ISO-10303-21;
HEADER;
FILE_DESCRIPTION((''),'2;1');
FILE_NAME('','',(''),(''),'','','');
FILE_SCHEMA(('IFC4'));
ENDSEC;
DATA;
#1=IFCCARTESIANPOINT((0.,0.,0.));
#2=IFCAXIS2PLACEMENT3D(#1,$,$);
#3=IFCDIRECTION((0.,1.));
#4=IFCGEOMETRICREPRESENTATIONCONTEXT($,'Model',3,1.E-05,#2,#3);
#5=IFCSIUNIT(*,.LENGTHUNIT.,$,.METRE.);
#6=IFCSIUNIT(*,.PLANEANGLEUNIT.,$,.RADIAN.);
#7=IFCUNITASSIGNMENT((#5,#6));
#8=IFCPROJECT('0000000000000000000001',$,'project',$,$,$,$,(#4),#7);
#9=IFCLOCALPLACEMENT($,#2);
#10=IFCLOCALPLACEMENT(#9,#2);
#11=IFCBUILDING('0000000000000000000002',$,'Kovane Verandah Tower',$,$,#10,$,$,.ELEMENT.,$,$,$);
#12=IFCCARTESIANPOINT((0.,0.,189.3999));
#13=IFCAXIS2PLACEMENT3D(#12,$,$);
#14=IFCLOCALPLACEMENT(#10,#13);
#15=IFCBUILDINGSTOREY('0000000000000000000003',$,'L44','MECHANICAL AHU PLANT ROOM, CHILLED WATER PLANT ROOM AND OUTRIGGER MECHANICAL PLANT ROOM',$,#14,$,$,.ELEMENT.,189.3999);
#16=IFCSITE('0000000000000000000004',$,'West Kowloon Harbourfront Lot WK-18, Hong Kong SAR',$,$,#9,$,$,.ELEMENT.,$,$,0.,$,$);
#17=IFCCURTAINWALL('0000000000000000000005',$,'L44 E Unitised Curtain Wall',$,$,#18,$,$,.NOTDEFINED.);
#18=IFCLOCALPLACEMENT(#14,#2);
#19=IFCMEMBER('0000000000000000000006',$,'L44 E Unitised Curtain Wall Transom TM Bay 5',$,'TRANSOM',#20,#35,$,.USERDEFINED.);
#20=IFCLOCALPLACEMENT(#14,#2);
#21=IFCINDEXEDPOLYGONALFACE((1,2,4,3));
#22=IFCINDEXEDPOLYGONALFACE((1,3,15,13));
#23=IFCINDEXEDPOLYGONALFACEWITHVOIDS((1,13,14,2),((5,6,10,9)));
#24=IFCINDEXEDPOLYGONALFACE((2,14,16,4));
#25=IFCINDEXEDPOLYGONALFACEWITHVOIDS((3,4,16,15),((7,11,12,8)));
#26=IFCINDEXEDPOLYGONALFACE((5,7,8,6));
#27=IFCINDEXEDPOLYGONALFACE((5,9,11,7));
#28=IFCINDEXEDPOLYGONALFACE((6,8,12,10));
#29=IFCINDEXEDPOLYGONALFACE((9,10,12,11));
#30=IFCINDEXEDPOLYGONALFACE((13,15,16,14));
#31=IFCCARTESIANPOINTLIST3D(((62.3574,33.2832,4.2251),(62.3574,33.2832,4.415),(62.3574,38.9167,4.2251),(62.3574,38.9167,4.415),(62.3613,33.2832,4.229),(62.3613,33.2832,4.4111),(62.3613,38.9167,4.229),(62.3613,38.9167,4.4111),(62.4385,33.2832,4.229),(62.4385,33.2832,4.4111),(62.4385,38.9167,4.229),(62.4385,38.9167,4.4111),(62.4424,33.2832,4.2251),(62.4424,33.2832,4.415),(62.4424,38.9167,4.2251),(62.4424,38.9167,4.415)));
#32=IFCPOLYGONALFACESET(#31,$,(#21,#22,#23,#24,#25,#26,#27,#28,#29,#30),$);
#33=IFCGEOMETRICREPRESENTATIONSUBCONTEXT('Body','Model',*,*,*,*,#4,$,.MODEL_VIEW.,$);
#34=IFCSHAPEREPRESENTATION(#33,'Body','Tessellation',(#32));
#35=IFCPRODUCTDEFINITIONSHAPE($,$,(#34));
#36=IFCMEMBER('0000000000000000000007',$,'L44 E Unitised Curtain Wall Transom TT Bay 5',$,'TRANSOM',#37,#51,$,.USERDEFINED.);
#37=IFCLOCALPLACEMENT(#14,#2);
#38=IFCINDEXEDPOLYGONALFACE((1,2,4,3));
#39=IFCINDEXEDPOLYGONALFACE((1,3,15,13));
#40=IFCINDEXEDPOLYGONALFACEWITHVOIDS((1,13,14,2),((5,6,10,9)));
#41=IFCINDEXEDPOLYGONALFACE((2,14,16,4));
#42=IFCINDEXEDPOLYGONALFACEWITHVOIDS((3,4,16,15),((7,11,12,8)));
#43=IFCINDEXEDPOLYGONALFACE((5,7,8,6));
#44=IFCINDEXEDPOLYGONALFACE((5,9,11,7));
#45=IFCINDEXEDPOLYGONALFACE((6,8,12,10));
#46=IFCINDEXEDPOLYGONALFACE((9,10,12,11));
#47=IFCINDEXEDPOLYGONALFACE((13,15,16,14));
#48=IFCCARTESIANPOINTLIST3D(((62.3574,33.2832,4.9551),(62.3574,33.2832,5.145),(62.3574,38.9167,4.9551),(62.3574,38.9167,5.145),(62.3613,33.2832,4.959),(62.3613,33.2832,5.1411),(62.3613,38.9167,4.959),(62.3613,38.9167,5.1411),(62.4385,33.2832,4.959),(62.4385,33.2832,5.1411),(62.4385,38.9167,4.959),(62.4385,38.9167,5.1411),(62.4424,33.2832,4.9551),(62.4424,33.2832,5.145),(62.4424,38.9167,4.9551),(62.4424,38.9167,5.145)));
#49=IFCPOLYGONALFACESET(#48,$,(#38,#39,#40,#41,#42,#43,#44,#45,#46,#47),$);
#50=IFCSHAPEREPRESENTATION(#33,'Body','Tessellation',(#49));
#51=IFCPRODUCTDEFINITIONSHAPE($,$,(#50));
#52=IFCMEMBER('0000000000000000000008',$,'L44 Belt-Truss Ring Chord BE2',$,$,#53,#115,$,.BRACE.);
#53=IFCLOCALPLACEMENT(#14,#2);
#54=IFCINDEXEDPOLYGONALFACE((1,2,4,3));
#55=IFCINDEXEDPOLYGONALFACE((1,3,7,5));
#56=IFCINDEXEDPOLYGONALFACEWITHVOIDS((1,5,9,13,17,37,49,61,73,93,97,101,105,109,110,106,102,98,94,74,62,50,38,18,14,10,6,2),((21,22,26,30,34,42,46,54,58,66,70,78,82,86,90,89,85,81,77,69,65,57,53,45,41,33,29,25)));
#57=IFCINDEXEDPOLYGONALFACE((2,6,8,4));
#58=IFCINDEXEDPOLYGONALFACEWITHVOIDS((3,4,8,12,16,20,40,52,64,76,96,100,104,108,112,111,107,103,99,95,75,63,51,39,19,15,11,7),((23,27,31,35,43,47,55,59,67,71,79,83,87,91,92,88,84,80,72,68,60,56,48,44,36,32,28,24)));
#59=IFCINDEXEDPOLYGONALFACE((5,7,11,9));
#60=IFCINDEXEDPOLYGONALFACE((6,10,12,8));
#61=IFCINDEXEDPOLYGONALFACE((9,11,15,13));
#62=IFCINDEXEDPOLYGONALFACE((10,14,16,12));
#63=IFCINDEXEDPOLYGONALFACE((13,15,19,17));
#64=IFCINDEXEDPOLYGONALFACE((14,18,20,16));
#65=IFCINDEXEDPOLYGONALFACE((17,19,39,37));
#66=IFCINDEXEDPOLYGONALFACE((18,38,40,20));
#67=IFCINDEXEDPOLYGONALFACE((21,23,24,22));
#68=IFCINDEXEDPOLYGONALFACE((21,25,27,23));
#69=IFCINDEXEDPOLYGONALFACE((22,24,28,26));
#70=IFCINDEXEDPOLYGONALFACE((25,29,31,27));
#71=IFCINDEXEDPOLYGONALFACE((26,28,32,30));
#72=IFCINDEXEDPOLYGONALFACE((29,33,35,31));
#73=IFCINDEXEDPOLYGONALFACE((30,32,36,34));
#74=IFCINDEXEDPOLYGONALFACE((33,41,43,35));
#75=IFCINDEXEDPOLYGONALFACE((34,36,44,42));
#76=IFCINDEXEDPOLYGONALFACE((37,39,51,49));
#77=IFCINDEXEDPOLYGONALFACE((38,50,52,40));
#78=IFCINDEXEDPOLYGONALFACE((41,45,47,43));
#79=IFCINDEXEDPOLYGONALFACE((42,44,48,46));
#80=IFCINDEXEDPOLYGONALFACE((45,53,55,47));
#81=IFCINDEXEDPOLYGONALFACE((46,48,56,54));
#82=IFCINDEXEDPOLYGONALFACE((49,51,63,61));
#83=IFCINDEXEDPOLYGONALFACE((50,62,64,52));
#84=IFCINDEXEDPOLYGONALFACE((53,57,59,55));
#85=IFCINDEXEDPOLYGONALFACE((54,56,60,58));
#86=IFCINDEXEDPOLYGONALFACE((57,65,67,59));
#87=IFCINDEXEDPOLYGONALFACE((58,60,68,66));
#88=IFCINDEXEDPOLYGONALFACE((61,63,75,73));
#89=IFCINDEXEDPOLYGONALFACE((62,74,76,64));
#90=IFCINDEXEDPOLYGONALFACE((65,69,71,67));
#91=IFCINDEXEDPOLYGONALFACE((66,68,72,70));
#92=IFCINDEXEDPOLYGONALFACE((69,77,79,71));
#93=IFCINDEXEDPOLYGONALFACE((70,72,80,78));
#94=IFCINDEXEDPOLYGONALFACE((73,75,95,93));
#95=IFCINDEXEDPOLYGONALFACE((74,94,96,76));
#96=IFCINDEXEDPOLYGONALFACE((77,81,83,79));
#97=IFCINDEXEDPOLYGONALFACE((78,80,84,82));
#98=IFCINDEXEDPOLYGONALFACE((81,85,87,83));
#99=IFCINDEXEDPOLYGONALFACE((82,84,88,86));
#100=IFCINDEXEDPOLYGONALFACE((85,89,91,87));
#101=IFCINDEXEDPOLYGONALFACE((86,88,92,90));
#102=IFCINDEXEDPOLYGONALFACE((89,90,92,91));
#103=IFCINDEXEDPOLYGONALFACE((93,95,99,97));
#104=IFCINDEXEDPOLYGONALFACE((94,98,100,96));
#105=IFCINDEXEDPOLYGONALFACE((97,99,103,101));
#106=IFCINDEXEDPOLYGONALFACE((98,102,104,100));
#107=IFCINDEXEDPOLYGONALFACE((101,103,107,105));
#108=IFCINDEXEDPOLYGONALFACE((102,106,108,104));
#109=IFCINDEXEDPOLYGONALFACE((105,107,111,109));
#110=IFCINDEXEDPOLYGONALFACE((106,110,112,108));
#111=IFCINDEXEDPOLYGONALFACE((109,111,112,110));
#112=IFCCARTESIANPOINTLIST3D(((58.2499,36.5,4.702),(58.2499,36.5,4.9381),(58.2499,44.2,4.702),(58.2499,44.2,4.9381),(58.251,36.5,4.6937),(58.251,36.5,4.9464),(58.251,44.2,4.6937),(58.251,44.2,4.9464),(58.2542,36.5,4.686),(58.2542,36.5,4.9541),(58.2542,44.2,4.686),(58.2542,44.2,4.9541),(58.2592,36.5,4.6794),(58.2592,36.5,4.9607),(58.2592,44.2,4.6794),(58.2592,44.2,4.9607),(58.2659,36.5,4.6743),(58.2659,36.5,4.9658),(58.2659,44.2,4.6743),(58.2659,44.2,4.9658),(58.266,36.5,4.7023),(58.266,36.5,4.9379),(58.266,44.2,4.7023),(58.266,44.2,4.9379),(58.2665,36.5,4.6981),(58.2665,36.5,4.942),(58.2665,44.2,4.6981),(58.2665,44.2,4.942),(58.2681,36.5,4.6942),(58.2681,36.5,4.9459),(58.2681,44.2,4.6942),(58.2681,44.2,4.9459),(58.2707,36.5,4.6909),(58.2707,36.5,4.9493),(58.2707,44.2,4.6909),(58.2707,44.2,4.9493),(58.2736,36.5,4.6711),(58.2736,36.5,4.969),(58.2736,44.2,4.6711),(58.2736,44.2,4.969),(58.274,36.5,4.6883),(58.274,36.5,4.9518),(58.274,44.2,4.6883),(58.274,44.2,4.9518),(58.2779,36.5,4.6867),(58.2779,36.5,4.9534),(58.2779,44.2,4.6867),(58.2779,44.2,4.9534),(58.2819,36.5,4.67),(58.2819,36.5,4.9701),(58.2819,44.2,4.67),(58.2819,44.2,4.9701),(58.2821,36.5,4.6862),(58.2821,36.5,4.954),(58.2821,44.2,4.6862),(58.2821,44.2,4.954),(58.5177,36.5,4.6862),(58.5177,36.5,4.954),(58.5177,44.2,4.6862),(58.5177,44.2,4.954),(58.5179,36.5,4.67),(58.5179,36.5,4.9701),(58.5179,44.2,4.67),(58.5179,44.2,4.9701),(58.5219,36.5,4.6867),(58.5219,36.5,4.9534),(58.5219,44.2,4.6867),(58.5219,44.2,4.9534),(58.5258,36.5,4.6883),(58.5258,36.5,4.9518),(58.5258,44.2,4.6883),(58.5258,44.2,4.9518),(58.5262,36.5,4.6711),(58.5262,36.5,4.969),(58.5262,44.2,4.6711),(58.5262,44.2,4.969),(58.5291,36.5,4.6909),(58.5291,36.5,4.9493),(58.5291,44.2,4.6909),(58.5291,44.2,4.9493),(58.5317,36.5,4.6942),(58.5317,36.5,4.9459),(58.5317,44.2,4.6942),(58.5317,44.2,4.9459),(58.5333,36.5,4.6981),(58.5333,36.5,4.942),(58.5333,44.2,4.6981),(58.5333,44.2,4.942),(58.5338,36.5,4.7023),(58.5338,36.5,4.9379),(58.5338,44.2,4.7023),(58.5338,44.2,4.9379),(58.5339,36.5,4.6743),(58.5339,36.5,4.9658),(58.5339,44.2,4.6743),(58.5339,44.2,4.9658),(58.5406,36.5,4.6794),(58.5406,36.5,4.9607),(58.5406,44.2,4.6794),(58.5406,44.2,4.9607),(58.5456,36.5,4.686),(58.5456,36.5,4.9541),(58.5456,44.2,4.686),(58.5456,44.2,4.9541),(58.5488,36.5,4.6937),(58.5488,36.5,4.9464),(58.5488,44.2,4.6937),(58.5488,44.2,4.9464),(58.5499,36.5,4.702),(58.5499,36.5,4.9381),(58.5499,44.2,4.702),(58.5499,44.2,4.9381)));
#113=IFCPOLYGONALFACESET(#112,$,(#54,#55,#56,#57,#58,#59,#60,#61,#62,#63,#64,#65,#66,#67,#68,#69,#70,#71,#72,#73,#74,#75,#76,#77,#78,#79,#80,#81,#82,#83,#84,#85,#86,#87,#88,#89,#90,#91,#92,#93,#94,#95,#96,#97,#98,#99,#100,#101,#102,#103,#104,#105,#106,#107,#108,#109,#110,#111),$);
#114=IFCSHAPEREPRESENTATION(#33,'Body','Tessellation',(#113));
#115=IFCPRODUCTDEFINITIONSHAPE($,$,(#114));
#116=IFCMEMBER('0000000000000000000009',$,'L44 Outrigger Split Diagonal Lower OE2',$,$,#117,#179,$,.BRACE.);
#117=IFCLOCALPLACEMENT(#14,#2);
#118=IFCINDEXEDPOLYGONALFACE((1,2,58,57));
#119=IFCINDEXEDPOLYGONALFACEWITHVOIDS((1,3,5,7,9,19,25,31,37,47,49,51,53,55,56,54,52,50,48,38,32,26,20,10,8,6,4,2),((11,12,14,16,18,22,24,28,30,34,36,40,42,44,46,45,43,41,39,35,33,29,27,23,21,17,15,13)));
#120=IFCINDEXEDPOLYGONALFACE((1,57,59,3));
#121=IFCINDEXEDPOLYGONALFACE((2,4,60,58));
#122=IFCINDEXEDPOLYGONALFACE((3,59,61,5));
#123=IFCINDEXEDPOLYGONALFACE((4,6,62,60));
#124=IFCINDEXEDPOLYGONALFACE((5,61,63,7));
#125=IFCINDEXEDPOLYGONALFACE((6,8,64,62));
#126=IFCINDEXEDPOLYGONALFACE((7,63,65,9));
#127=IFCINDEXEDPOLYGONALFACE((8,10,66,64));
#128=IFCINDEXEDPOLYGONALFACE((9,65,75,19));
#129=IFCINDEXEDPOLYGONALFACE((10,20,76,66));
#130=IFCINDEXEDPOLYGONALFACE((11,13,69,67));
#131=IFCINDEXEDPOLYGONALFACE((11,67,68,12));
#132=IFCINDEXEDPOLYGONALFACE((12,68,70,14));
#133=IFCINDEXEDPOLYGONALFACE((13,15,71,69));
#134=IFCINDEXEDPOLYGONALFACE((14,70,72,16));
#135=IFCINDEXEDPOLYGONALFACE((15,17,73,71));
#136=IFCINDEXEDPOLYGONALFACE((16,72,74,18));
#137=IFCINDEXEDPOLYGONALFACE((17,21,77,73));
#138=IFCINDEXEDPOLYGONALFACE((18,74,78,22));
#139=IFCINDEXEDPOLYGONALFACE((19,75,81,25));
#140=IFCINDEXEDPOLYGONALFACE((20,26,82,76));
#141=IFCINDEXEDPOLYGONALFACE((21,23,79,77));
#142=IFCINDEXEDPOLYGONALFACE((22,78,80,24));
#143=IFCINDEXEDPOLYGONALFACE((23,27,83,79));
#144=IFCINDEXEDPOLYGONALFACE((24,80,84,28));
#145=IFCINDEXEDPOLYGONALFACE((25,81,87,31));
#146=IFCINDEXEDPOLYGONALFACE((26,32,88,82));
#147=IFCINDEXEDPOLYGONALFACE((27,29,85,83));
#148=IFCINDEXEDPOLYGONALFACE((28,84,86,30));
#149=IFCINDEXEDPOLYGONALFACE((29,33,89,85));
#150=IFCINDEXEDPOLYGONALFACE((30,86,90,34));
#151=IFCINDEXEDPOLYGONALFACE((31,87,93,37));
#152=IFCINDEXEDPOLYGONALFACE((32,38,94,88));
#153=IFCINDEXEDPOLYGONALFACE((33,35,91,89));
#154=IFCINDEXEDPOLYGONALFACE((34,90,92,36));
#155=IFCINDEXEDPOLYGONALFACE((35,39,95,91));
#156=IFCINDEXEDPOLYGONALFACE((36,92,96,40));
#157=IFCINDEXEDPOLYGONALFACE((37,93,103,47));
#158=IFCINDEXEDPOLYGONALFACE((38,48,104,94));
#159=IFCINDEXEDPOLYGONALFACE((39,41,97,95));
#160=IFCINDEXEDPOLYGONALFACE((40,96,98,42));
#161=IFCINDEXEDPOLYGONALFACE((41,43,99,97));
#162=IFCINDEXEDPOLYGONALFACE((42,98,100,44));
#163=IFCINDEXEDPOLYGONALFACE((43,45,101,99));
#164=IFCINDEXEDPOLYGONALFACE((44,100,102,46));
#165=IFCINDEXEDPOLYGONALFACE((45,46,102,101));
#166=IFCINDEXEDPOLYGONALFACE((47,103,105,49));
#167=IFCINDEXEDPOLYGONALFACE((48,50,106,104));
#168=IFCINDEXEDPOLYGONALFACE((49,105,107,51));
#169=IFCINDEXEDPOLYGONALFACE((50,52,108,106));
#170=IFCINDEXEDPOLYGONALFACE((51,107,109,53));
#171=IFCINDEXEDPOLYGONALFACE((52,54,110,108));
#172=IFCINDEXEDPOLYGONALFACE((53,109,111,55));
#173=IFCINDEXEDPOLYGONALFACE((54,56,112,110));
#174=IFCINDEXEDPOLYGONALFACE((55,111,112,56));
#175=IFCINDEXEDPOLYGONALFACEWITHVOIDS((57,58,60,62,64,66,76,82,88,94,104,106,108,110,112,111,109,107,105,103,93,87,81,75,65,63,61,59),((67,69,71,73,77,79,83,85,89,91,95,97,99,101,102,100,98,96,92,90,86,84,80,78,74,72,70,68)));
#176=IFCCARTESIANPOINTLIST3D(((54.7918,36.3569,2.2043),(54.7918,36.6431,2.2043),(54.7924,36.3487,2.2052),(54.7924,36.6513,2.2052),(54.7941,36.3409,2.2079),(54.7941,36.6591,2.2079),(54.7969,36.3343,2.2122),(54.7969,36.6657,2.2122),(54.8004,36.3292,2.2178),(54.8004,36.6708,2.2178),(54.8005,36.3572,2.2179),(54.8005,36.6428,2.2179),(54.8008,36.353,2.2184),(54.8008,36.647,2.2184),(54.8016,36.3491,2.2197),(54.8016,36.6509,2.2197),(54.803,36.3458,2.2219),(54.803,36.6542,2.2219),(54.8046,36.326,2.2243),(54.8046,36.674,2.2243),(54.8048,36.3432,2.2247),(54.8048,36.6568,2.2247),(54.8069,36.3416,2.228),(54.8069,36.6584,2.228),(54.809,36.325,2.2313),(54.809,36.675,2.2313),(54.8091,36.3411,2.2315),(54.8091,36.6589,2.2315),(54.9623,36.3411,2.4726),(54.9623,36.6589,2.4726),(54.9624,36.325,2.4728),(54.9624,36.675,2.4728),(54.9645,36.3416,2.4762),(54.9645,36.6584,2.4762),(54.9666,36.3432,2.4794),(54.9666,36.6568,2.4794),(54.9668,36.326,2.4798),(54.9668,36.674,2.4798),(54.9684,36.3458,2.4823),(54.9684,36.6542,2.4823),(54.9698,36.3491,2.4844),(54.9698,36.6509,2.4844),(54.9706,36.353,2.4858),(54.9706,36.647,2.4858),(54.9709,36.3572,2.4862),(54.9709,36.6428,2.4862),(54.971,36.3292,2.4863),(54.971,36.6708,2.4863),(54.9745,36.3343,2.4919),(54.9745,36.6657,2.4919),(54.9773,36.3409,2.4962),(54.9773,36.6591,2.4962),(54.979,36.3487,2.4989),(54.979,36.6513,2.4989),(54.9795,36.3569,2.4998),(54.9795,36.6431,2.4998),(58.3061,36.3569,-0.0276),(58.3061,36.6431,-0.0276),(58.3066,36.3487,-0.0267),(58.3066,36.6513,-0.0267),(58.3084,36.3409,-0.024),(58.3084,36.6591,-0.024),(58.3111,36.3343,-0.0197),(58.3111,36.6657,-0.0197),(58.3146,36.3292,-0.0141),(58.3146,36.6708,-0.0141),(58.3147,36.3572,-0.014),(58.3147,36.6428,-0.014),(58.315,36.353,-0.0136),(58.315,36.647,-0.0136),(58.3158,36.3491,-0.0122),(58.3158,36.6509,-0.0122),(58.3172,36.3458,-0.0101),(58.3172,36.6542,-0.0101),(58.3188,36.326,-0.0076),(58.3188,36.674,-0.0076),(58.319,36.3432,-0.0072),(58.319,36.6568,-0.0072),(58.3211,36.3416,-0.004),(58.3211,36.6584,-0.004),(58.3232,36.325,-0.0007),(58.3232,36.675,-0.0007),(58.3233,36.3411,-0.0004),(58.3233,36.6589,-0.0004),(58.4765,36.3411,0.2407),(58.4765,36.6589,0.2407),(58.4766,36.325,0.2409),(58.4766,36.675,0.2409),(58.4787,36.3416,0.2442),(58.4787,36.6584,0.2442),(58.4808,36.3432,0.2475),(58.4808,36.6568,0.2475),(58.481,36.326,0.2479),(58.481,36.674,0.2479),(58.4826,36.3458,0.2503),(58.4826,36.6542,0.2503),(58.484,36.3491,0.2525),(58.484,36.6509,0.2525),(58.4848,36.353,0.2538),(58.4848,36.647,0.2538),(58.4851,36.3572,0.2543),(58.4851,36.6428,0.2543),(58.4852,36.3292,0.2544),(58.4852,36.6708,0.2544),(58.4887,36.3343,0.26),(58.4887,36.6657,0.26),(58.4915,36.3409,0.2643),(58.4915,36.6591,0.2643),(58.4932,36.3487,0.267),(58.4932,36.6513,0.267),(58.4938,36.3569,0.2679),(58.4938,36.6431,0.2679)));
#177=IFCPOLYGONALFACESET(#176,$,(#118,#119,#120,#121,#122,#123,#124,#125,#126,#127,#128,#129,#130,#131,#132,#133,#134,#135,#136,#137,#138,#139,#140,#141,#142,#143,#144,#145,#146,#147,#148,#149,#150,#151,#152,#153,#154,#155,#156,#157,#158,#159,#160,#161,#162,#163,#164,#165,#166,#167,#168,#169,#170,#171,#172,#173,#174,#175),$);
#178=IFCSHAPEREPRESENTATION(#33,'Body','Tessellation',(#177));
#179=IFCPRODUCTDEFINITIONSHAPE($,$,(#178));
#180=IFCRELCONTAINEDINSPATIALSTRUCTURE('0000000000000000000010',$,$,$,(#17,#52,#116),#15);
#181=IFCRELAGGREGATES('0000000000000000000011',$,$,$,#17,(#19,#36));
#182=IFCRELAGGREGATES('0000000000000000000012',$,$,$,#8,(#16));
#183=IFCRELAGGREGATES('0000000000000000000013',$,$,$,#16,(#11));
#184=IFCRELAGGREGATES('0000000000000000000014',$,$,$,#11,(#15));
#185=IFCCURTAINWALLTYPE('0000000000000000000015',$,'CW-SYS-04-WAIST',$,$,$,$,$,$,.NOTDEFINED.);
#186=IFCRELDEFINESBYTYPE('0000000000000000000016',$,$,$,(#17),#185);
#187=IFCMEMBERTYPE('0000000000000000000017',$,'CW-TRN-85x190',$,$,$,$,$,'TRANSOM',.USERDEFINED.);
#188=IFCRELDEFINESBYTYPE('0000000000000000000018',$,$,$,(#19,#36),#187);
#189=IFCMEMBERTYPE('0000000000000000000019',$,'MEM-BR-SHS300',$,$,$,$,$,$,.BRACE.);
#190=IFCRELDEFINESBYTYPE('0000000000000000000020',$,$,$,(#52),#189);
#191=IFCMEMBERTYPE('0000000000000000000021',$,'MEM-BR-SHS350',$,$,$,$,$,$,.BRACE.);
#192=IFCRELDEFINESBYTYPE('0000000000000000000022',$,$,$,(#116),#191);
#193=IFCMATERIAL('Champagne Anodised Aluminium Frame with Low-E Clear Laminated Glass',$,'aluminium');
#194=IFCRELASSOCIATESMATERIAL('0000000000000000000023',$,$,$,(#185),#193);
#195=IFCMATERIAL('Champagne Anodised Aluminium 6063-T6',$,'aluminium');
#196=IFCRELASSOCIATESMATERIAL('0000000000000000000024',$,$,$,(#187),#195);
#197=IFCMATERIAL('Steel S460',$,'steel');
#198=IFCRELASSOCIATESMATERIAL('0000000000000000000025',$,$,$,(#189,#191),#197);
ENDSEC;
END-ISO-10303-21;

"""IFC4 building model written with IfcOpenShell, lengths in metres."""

from ifc_helpers import new_model, si_unit, direction, frame, origin, origin_2d, place, context, subcontext, project, spatial, hollow_rectangle, extrude, material, material_profile, profile_set, type_object, element, aggregate, save


model = new_model("IFC4")

# Units and contexts
model_context = context("Model", 3, precision=1e-05, world=origin(), true_north=direction((0.0, 1.0)))
body_context = subcontext(model_context, "Body", "Model", "MODEL_VIEW")
ifc_project = project(units=[si_unit("LENGTHUNIT", "METRE"), si_unit("PLANEANGLEUNIT", "RADIAN")], contexts=[model_context])

# Site, building, storey
site_placement = place(None, origin())
site = spatial("IfcSite", under=ifc_project, at=site_placement, Name="West Kowloon Harbourfront Lot WK-18, Hong Kong SAR", CompositionType="ELEMENT", RefElevation=0.0)
building_placement = place(site_placement, origin())
building = spatial("IfcBuilding", under=site, at=building_placement, Name="Kovane Verandah Tower", CompositionType="ELEMENT")
storey_placement = place(building_placement, frame((0.0, 0.0, 189.3999)))
storey = spatial("IfcBuildingStorey", under=building, at=storey_placement, Name="L44", Description="MECHANICAL AHU PLANT ROOM, CHILLED WATER PLANT ROOM AND OUTRIGGER MECHANICAL PLANT ROOM", CompositionType="ELEMENT", Elevation=189.3999)

# Shared definitions
ifc_material_1 = material(Name="Steel S460", Category="steel")

# Curtain wall, members
ifc_material_2 = material(Name="Champagne Anodised Aluminium Frame with Low-E Clear Laminated Glass", Category="aluminium")
curtain_wall_type = type_object("IfcCurtainWallType", Name="CW-SYS-04-WAIST", PredefinedType="NOTDEFINED", material=ifc_material_2)
curtain_wall_placement = place(storey_placement, origin())
curtain_wall = element("IfcCurtainWall", 1, at=curtain_wall_placement, inside=storey, type_object=curtain_wall_type, Name="L44 E Unitised Curtain Wall", PredefinedType="NOTDEFINED")
ifc_material_3 = material(Name="Champagne Anodised Aluminium 6063-T6", Category="aluminium")
ifc_material_profile_1 = material_profile(ifc_material_3, hollow_rectangle(XDim=0.085, YDim=0.1899, WallThickness=0.0039, at=origin_2d()), Name="AL85x190x4")
ifc_profile_set_1 = profile_set([ifc_material_profile_1], Name="Champagne Anodised Aluminium 6063-T6")
member_type_1 = type_object("IfcMemberType", Name="CW-TRN-85x190", ElementType="TRANSOM", PredefinedType="USERDEFINED", material=ifc_profile_set_1)
member_1_placement = place(storey_placement, frame((62.3999, 33.2832, 4.3201), z_axis=(0.0, 1.0, 0.0), x_axis=(-1.0, 0.0, 0.0)))
member_1 = element("IfcMember", 2, at=member_1_placement, type_object=member_type_1, Name="L44 E Unitised Curtain Wall Transom TM Bay 5", ObjectType="TRANSOM", PredefinedType="USERDEFINED", context=body_context, shape_type="SweptSolid", body=[
    extrude(hollow_rectangle(XDim=0.085, YDim=0.1899, WallThickness=0.0039, at=origin_2d()), origin(), (0.0, 0.0, 1.0), 5.6335),
])
member_2_placement = place(storey_placement, frame((62.3999, 33.2832, 5.05), z_axis=(0.0, 1.0, 0.0), x_axis=(-1.0, 0.0, 0.0)))
member_2 = element("IfcMember", 3, at=member_2_placement, type_object=member_type_1, Name="L44 E Unitised Curtain Wall Transom TT Bay 5", ObjectType="TRANSOM", PredefinedType="USERDEFINED", context=body_context, shape_type="SweptSolid", body=[
    extrude(hollow_rectangle(XDim=0.085, YDim=0.1899, WallThickness=0.0039, at=origin_2d()), origin(), (0.0, 0.0, 1.0), 5.6335),
])

# Members
ifc_material_profile_2 = material_profile(ifc_material_1, hollow_rectangle(XDim=0.3, YDim=0.3, WallThickness=0.0161, InnerFilletRadius=0.0161, OuterFilletRadius=0.032, at=origin_2d()), Name="SHS300x300x16")
ifc_profile_set_2 = profile_set([ifc_material_profile_2], Name="Steel S460")
member_type_2 = type_object("IfcMemberType", Name="MEM-BR-SHS300", PredefinedType="BRACE", material=ifc_profile_set_2)
member_3_placement = place(storey_placement, frame((58.3999, 36.5, 4.8201), z_axis=(0.0, 1.0, 0.0), x_axis=(-1.0, 0.0, 0.0)))
element("IfcMember", 4, at=member_3_placement, inside=storey, type_object=member_type_2, Name="L44 Belt-Truss Ring Chord BE2", PredefinedType="BRACE", context=body_context, shape_type="SweptSolid", body=[
    extrude(hollow_rectangle(XDim=0.3, YDim=0.3, WallThickness=0.0161, InnerFilletRadius=0.0161, OuterFilletRadius=0.032, at=origin_2d()), origin(), (0.0, 0.0, 1.0), 7.7),
])
ifc_material_profile_3 = material_profile(ifc_material_1, hollow_rectangle(XDim=0.3501, YDim=0.3501, WallThickness=0.0161, InnerFilletRadius=0.0161, OuterFilletRadius=0.032, at=origin_2d()), Name="SHS350x350x16")
ifc_profile_set_3 = profile_set([ifc_material_profile_3], Name="Steel S460")
member_type_3 = type_object("IfcMemberType", Name="MEM-BR-SHS350", PredefinedType="BRACE", material=ifc_profile_set_3)
member_4_placement = place(storey_placement, frame((58.3999, 36.5, 0.1201), z_axis=(-0.844134, 0.0, 0.536132), x_axis=(0.0, -1.0, 0.0)))
element("IfcMember", 5, at=member_4_placement, inside=storey, type_object=member_type_3, Name="L44 Outrigger Split Diagonal Lower OE2", PredefinedType="BRACE", context=body_context, shape_type="SweptSolid", body=[
    extrude(hollow_rectangle(XDim=0.3501, YDim=0.3501, WallThickness=0.0161, InnerFilletRadius=0.0161, OuterFilletRadius=0.032, at=origin_2d()), origin(), (0.0, 0.0, 1.0), 4.1631),
])

aggregate(curtain_wall, [member_1, member_2])

save(model, "model.ifc")
